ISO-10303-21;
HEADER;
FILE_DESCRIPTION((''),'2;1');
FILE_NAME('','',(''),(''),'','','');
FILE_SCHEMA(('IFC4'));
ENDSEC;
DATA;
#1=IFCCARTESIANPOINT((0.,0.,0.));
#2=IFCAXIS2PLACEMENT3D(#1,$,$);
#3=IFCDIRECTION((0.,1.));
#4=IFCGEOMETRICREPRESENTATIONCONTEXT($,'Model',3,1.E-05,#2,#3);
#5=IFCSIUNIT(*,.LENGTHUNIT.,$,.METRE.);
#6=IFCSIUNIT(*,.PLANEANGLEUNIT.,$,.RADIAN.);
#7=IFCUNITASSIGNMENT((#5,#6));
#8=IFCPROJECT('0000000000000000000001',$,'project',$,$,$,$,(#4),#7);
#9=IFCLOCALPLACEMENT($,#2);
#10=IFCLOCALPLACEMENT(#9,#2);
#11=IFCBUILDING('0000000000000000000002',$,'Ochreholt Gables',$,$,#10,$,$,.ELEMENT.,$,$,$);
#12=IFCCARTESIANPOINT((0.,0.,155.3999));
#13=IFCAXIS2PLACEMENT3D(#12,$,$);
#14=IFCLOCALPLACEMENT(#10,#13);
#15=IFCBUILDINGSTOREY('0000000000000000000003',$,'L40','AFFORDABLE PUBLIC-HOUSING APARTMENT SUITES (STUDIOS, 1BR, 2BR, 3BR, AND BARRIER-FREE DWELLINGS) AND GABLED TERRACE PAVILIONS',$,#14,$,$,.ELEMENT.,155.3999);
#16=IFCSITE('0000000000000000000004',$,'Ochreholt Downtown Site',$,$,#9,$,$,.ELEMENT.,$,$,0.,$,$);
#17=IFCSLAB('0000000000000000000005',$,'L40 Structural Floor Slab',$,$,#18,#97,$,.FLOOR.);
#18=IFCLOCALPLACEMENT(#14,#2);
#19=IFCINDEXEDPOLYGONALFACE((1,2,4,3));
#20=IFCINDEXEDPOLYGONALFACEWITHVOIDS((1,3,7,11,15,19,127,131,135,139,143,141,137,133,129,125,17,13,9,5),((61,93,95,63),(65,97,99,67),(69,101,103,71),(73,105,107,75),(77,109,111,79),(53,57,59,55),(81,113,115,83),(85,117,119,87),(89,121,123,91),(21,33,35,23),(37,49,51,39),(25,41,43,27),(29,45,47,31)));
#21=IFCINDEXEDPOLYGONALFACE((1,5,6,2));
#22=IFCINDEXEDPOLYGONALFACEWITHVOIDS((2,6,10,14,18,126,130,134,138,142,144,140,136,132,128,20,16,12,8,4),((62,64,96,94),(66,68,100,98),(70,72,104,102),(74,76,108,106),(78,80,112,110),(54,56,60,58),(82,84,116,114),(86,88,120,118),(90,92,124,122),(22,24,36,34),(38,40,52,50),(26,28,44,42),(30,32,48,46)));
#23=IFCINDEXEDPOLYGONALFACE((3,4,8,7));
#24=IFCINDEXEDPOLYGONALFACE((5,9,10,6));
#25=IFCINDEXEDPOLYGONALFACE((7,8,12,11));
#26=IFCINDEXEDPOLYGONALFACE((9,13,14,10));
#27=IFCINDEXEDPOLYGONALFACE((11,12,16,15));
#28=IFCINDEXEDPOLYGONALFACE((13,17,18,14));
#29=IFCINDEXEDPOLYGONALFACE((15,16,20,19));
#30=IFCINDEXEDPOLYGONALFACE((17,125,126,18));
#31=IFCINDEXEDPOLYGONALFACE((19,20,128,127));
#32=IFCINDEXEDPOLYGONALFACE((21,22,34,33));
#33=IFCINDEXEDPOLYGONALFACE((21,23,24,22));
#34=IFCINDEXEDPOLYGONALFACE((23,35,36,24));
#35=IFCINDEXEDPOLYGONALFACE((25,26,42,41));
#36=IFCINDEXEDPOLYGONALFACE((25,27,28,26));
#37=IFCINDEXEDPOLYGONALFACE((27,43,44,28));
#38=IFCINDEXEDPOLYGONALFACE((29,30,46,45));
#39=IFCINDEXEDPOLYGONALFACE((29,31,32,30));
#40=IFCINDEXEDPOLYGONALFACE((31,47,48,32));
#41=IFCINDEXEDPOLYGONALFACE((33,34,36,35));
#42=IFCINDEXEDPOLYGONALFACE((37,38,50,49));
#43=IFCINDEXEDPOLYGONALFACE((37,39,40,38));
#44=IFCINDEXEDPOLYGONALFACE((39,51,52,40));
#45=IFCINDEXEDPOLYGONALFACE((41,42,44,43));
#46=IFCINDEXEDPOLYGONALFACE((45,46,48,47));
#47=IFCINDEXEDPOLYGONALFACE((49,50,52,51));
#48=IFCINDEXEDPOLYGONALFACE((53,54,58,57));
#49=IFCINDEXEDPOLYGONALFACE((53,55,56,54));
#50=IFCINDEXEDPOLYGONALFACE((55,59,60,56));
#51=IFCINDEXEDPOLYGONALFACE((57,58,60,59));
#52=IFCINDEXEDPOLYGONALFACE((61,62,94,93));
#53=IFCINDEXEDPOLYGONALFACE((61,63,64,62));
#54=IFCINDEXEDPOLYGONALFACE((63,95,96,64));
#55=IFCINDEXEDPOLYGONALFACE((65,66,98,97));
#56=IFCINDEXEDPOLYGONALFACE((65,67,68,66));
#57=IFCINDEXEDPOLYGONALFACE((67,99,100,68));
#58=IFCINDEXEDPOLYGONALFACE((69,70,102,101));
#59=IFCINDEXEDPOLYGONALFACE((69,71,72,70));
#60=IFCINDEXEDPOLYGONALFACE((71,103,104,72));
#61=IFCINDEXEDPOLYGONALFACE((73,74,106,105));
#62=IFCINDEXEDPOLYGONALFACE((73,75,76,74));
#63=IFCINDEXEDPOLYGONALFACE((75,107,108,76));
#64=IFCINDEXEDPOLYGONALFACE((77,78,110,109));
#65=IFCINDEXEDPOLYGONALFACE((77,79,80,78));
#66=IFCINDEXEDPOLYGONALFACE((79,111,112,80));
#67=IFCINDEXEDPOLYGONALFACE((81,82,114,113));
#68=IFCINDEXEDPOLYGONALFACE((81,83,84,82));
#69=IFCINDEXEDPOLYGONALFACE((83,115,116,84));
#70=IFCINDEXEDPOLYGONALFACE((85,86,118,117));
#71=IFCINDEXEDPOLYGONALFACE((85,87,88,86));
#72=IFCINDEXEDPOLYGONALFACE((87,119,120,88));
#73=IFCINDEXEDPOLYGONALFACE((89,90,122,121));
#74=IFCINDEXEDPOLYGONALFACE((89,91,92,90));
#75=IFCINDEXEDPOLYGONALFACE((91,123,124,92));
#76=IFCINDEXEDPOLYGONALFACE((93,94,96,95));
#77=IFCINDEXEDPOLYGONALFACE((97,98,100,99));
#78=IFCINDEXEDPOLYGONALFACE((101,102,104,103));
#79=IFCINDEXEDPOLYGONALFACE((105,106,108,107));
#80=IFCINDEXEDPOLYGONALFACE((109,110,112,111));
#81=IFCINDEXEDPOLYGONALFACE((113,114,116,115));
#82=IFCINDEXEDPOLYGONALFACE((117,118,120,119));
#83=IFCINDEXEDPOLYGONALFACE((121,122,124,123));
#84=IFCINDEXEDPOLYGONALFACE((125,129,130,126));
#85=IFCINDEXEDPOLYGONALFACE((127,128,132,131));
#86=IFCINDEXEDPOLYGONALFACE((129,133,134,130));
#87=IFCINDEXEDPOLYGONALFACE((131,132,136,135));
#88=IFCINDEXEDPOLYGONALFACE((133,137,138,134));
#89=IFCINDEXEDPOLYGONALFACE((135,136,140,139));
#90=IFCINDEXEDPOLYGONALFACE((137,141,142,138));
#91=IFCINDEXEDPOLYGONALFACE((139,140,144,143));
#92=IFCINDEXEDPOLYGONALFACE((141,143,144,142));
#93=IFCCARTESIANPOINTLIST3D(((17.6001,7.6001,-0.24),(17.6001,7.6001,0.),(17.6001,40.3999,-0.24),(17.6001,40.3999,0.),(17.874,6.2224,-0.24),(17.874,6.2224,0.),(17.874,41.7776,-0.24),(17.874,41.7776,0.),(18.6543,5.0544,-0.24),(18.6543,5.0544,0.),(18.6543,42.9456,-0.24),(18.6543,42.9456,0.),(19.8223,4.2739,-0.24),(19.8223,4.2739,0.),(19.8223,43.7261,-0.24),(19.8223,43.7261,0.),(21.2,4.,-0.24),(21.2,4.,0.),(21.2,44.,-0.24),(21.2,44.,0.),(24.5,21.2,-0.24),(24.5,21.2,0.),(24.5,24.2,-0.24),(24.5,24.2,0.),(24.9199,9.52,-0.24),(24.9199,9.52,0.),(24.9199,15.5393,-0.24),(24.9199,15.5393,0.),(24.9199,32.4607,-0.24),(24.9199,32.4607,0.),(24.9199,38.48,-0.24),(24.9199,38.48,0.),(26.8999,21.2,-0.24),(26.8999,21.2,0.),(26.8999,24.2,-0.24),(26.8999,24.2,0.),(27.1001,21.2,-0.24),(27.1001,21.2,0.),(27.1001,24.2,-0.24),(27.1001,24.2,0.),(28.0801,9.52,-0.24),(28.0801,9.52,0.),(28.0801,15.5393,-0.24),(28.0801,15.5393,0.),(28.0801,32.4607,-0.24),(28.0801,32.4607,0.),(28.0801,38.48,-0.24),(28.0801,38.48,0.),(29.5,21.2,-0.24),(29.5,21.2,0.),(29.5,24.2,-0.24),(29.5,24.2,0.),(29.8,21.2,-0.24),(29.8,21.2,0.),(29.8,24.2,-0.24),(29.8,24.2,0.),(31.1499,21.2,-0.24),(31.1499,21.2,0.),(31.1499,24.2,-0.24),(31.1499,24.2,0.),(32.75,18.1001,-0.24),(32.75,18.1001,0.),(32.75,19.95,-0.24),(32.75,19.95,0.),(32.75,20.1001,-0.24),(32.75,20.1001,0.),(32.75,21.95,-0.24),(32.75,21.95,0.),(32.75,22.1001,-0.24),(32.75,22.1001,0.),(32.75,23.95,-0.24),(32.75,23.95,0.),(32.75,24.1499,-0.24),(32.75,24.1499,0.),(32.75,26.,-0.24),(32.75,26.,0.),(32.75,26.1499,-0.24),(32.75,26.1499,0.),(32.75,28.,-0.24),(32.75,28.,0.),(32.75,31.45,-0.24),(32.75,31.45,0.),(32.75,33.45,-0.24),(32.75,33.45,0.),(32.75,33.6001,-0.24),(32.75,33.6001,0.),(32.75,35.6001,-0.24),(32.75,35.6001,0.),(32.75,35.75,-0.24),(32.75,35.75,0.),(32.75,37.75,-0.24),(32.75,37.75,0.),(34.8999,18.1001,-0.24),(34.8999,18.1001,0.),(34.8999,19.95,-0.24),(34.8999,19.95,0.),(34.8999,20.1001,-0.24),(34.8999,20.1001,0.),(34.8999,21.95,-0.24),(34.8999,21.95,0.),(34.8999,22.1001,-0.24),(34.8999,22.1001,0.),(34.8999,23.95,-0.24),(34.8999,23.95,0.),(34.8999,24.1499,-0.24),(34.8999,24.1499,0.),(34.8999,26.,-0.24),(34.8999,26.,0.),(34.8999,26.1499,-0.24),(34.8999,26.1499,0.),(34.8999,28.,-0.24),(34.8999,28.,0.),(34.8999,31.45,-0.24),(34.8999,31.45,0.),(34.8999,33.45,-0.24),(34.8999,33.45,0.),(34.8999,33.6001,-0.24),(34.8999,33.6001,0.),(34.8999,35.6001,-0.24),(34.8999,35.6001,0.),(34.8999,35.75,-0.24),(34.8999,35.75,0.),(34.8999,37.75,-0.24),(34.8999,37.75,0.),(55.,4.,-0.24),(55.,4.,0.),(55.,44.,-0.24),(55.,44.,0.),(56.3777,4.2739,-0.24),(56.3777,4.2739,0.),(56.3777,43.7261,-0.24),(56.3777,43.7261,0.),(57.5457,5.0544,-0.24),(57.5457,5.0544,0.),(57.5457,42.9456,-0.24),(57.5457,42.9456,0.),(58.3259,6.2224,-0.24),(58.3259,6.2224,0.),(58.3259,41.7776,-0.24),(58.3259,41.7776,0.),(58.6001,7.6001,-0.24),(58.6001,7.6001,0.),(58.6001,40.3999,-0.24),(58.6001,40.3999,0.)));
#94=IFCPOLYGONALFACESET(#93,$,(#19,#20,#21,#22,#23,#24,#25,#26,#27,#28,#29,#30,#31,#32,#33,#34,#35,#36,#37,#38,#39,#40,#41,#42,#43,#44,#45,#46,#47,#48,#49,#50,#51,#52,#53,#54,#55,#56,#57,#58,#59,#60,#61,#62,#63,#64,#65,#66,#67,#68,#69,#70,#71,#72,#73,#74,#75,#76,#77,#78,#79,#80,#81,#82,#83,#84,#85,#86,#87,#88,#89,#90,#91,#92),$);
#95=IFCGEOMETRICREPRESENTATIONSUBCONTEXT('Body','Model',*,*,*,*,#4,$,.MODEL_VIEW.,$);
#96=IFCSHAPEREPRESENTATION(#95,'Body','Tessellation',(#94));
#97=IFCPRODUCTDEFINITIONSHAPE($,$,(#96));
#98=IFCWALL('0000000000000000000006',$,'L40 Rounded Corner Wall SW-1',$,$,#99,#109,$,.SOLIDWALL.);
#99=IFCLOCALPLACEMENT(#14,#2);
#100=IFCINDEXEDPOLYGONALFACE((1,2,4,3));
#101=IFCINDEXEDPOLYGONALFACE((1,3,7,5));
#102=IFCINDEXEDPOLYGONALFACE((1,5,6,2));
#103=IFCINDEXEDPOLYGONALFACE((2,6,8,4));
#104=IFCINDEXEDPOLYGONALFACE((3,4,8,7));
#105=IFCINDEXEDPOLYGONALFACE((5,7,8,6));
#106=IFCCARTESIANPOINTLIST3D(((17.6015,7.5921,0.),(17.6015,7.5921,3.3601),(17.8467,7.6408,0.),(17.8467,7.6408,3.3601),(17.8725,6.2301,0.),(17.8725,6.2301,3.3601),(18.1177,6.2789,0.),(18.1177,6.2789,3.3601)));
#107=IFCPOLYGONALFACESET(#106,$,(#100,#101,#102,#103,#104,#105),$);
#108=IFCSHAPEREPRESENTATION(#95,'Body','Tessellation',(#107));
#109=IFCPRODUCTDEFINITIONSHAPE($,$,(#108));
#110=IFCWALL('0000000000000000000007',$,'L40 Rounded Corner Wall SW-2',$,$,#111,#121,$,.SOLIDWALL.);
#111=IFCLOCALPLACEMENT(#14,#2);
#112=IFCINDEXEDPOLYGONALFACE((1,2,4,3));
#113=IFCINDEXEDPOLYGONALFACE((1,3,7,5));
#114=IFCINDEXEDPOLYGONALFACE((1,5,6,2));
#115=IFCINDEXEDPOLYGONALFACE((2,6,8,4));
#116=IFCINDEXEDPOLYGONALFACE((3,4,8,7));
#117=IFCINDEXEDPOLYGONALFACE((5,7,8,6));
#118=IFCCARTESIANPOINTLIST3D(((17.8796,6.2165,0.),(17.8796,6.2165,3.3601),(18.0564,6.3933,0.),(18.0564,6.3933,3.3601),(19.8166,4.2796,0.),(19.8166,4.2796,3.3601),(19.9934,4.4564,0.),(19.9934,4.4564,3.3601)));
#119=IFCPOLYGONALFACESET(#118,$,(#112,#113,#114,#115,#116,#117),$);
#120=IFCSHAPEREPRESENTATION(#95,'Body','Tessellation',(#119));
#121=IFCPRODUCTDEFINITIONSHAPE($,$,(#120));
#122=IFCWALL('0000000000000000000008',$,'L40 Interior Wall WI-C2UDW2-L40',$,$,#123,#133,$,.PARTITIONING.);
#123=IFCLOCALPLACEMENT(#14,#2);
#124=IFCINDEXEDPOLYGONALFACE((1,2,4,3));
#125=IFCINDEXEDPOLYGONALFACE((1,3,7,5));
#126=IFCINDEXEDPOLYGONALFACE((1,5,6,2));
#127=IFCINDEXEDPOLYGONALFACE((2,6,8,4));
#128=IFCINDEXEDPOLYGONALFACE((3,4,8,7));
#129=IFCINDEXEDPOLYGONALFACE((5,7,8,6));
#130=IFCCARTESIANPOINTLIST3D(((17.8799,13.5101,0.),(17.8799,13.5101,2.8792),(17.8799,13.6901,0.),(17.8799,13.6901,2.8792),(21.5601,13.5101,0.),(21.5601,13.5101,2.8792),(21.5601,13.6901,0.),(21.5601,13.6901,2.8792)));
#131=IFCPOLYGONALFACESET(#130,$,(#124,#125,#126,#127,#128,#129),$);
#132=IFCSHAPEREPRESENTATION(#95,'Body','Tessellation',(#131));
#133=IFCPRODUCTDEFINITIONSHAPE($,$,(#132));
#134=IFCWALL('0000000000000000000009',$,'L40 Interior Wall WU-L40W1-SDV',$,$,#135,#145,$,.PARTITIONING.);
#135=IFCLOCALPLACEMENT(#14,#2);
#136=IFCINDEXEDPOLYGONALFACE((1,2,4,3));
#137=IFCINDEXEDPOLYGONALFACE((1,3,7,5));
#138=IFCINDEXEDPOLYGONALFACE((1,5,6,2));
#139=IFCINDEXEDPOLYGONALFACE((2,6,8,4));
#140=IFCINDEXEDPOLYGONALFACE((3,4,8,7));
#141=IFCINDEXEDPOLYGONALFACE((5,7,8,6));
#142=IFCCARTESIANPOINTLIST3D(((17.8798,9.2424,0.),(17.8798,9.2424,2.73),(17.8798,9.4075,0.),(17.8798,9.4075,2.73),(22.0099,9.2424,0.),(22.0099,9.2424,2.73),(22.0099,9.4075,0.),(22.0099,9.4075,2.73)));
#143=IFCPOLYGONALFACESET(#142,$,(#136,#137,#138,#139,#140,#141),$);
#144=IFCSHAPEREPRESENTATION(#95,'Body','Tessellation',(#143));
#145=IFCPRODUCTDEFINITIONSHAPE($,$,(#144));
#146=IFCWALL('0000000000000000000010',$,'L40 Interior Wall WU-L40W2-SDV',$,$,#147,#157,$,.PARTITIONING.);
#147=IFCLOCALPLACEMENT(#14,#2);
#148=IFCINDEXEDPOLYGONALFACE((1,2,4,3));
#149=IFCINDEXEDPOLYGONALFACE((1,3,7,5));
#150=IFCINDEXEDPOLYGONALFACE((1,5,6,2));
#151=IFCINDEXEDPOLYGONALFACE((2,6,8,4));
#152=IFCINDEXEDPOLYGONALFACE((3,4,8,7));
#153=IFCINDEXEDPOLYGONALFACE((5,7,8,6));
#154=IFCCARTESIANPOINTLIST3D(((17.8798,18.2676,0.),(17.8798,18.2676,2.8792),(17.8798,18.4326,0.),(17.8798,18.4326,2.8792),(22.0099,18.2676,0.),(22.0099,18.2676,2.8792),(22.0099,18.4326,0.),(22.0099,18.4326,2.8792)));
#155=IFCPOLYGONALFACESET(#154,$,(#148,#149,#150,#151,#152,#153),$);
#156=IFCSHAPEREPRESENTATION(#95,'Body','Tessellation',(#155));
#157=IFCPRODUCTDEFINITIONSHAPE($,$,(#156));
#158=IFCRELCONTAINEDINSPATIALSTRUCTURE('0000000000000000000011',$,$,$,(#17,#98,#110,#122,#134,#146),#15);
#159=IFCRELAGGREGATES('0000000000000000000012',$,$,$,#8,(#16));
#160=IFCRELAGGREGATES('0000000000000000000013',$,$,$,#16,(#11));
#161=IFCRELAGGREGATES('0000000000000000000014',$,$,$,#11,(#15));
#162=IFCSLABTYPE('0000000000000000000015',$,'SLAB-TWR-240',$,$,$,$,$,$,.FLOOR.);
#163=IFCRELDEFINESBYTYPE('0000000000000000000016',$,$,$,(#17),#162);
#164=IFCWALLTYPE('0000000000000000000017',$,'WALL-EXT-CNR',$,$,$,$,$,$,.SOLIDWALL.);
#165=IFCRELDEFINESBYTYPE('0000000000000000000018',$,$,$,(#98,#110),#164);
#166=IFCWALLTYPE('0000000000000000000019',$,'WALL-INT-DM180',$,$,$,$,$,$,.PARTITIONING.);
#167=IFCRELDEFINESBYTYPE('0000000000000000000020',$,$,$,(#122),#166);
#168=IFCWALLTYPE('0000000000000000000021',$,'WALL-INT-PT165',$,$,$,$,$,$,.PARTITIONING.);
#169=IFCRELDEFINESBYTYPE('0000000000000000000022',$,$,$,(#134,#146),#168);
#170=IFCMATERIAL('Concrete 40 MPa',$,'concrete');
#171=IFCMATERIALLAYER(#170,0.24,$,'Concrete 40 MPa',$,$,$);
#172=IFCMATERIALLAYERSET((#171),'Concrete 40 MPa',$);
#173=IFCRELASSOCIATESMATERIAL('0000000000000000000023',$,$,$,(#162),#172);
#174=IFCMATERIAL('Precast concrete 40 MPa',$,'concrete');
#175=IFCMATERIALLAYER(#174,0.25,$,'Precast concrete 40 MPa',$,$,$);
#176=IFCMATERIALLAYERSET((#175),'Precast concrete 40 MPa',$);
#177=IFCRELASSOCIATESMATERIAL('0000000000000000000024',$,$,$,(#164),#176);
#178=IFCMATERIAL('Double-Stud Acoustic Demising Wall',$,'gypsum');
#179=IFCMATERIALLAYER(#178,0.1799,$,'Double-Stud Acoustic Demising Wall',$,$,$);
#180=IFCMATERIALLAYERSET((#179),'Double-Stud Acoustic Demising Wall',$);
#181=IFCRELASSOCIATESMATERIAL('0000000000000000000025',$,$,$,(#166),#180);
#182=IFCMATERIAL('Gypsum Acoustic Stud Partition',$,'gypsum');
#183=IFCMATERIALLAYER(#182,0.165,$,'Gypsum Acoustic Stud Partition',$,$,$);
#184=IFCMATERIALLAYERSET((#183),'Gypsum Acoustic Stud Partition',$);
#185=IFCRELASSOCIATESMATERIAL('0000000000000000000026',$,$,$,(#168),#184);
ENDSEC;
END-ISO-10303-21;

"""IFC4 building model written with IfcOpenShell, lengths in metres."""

from ifc_helpers import new_model, si_unit, direction, frame, frame_2d, origin, place, context, subcontext, project, spatial, polyline, rectangle, outline, extrude, material, layer, layer_set, type_object, element, save


model = new_model("IFC4")

# Units and contexts
model_context = context("Model", 3, precision=1e-05, world=origin(), true_north=direction((0.0, 1.0)))
body_context = subcontext(model_context, "Body", "Model", "MODEL_VIEW")
ifc_project = project(units=[si_unit("LENGTHUNIT", "METRE"), si_unit("PLANEANGLEUNIT", "RADIAN")], contexts=[model_context])

# Site, building, storey
site_placement = place(None, origin())
site = spatial("IfcSite", under=ifc_project, at=site_placement, Name="Ochreholt Downtown Site", CompositionType="ELEMENT", RefElevation=0.0)
building_placement = place(site_placement, origin())
building = spatial("IfcBuilding", under=site, at=building_placement, Name="Ochreholt Gables", CompositionType="ELEMENT")
storey_placement = place(building_placement, frame((0.0, 0.0, 155.3999)))
storey = spatial("IfcBuildingStorey", under=building, at=storey_placement, Name="L40", Description="AFFORDABLE PUBLIC-HOUSING APARTMENT SUITES (STUDIOS, 1BR, 2BR, 3BR, AND BARRIER-FREE DWELLINGS) AND GABLED TERRACE PAVILIONS", CompositionType="ELEMENT", Elevation=155.3999)

# Shared definitions
ifc_material_1 = material(Name="Concrete 40 MPa", Category="concrete")

# Slab
ifc_layer_1 = layer(ifc_material_1, 0.24, Name="Concrete 40 MPa")
ifc_layer_set_1 = layer_set([ifc_layer_1], Name="Concrete 40 MPa")
slab_type_1 = type_object("IfcSlabType", Name="SLAB-TWR-240", PredefinedType="FLOOR", material=ifc_layer_set_1)
slab_1_placement = place(storey_placement, frame((0.0, 0.0, -0.24)))
element("IfcSlab", 1, at=slab_1_placement, inside=storey, type_object=slab_type_1, Name="L40 Structural Floor Slab", PredefinedType="FLOOR", context=body_context, shape_type="SweptSolid", body=[
    extrude(outline(polyline([(17.6001, 7.6001), (17.874, 6.2224), (18.6543, 5.0544), (19.8223, 4.2739), (21.2, 4.0), (55.0, 4.0), (56.3777, 4.2739), (57.5457, 5.0544), (58.3259, 6.2224), (58.6001, 7.6001), (58.6001, 40.3999), (58.3259, 41.7776), (57.5457, 42.9456), (56.3777, 43.7261), (55.0, 44.0), (21.2, 44.0), (19.8223, 43.7261), (18.6543, 42.9456), (17.874, 41.7776), (17.6001, 40.3999), (17.6001, 7.6001)]), holes=[polyline([(24.9199, 15.5393), (24.9199, 9.52), (28.0801, 9.52), (28.0801, 15.5393), (24.9199, 15.5393)]), polyline([(28.0801, 32.4607), (28.0801, 38.48), (24.9199, 38.48), (24.9199, 32.4607), (28.0801, 32.4607)]), polyline([(24.5, 21.2), (26.8999, 21.2), (26.8999, 24.2), (24.5, 24.2), (24.5, 21.2)]), polyline([(27.1001, 21.2), (29.5, 21.2), (29.5, 24.2), (27.1001, 24.2), (27.1001, 21.2)]), polyline([(32.75, 18.1001), (34.8999, 18.1001), (34.8999, 19.95), (32.75, 19.95), (32.75, 18.1001)]), polyline([(32.75, 20.1001), (34.8999, 20.1001), (34.8999, 21.95), (32.75, 21.95), (32.75, 20.1001)]), polyline([(32.75, 22.1001), (34.8999, 22.1001), (34.8999, 23.95), (32.75, 23.95), (32.75, 22.1001)]), polyline([(32.75, 24.1499), (34.8999, 24.1499), (34.8999, 26.0), (32.75, 26.0), (32.75, 24.1499)]), polyline([(32.75, 26.1499), (34.8999, 26.1499), (34.8999, 28.0), (32.75, 28.0), (32.75, 26.1499)]), polyline([(32.75, 31.45), (34.8999, 31.45), (34.8999, 33.45), (32.75, 33.45), (32.75, 31.45)]), polyline([(32.75, 33.6001), (34.8999, 33.6001), (34.8999, 35.6001), (32.75, 35.6001), (32.75, 33.6001)]), polyline([(32.75, 35.75), (34.8999, 35.75), (34.8999, 37.75), (32.75, 37.75), (32.75, 35.75)]), polyline([(29.8, 21.2), (31.1499, 21.2), (31.1499, 24.2), (29.8, 24.2), (29.8, 21.2)])]), origin(), (0.0, 0.0, 1.0), 0.24),
])

# Walls
ifc_material_2 = material(Name="Precast concrete 40 MPa", Category="concrete")
ifc_layer_2 = layer(ifc_material_2, 0.25, Name="Precast concrete 40 MPa")
ifc_layer_set_2 = layer_set([ifc_layer_2], Name="Precast concrete 40 MPa")
wall_type_1 = type_object("IfcWallType", Name="WALL-EXT-CNR", PredefinedType="SOLIDWALL", material=ifc_layer_set_2)
wall_1_placement = place(storey_placement, frame((17.7241, 7.6165, 0.0), z_axis=(0.0, 0.0, 1.0), x_axis=(0.195136, -0.980776, 0.0)))
element("IfcWall", 2, at=wall_1_placement, inside=storey, type_object=wall_type_1, Name="L40 Rounded Corner Wall SW-1", PredefinedType="SOLIDWALL", context=body_context, shape_type="SweptSolid", body=[
    extrude(rectangle(XDim=1.3887, YDim=0.25, at=frame_2d((0.6943, 0.0))), origin(), (0.0, 0.0, 1.0), 3.3601),
])
wall_2_placement = place(storey_placement, frame((17.968, 6.3049, 0.0), z_axis=(0.0, 0.0, 1.0), x_axis=(0.707107, -0.707107, 0.0)))
element("IfcWall", 3, at=wall_2_placement, inside=storey, type_object=wall_type_1, Name="L40 Rounded Corner Wall SW-2", PredefinedType="SOLIDWALL", context=body_context, shape_type="SweptSolid", body=[
    extrude(rectangle(XDim=2.7393, YDim=0.25, at=frame_2d((1.3696, 0.0))), origin(), (0.0, 0.0, 1.0), 3.3601),
])
ifc_material_3 = material(Name="Double-Stud Acoustic Demising Wall", Category="gypsum")
ifc_layer_3 = layer(ifc_material_3, 0.1799, Name="Double-Stud Acoustic Demising Wall")
ifc_layer_set_3 = layer_set([ifc_layer_3], Name="Double-Stud Acoustic Demising Wall")
wall_type_2 = type_object("IfcWallType", Name="WALL-INT-DM180", PredefinedType="PARTITIONING", material=ifc_layer_set_3)
wall_3_placement = place(storey_placement, frame((17.8799, 13.6001, 0.0), z_axis=(0.0, 0.0, 1.0), x_axis=(1.0, 0.0, 0.0)))
element("IfcWall", 4, at=wall_3_placement, inside=storey, type_object=wall_type_2, Name="L40 Interior Wall WI-C2UDW2-L40", PredefinedType="PARTITIONING", context=body_context, shape_type="SweptSolid", body=[
    extrude(rectangle(XDim=3.6802, YDim=0.1799, at=frame_2d((1.8401, 0.0))), origin(), (0.0, 0.0, 1.0), 2.8792),
])
ifc_material_4 = material(Name="Gypsum Acoustic Stud Partition", Category="gypsum")
ifc_layer_4 = layer(ifc_material_4, 0.165, Name="Gypsum Acoustic Stud Partition")
ifc_layer_set_4 = layer_set([ifc_layer_4], Name="Gypsum Acoustic Stud Partition")
wall_type_3 = type_object("IfcWallType", Name="WALL-INT-PT165", PredefinedType="PARTITIONING", material=ifc_layer_set_4)
wall_4_placement = place(storey_placement, frame((17.8799, 9.325, 0.0), z_axis=(0.0, 0.0, 1.0), x_axis=(1.0, 0.0, 0.0)))
element("IfcWall", 5, at=wall_4_placement, inside=storey, type_object=wall_type_3, Name="L40 Interior Wall WU-L40W1-SDV", PredefinedType="PARTITIONING", context=body_context, shape_type="SweptSolid", body=[
    extrude(rectangle(XDim=4.1301, YDim=0.165, at=frame_2d((2.0649, 0.0))), origin(), (0.0, 0.0, 1.0), 2.73),
])
wall_5_placement = place(storey_placement, frame((17.8799, 18.3501, 0.0), z_axis=(0.0, 0.0, 1.0), x_axis=(1.0, 0.0, 0.0)))
element("IfcWall", 6, at=wall_5_placement, inside=storey, type_object=wall_type_3, Name="L40 Interior Wall WU-L40W2-SDV", PredefinedType="PARTITIONING", context=body_context, shape_type="SweptSolid", body=[
    extrude(rectangle(XDim=4.1301, YDim=0.165, at=frame_2d((2.0649, 0.0))), origin(), (0.0, 0.0, 1.0), 2.8792),
])

save(model, "model.ifc")
